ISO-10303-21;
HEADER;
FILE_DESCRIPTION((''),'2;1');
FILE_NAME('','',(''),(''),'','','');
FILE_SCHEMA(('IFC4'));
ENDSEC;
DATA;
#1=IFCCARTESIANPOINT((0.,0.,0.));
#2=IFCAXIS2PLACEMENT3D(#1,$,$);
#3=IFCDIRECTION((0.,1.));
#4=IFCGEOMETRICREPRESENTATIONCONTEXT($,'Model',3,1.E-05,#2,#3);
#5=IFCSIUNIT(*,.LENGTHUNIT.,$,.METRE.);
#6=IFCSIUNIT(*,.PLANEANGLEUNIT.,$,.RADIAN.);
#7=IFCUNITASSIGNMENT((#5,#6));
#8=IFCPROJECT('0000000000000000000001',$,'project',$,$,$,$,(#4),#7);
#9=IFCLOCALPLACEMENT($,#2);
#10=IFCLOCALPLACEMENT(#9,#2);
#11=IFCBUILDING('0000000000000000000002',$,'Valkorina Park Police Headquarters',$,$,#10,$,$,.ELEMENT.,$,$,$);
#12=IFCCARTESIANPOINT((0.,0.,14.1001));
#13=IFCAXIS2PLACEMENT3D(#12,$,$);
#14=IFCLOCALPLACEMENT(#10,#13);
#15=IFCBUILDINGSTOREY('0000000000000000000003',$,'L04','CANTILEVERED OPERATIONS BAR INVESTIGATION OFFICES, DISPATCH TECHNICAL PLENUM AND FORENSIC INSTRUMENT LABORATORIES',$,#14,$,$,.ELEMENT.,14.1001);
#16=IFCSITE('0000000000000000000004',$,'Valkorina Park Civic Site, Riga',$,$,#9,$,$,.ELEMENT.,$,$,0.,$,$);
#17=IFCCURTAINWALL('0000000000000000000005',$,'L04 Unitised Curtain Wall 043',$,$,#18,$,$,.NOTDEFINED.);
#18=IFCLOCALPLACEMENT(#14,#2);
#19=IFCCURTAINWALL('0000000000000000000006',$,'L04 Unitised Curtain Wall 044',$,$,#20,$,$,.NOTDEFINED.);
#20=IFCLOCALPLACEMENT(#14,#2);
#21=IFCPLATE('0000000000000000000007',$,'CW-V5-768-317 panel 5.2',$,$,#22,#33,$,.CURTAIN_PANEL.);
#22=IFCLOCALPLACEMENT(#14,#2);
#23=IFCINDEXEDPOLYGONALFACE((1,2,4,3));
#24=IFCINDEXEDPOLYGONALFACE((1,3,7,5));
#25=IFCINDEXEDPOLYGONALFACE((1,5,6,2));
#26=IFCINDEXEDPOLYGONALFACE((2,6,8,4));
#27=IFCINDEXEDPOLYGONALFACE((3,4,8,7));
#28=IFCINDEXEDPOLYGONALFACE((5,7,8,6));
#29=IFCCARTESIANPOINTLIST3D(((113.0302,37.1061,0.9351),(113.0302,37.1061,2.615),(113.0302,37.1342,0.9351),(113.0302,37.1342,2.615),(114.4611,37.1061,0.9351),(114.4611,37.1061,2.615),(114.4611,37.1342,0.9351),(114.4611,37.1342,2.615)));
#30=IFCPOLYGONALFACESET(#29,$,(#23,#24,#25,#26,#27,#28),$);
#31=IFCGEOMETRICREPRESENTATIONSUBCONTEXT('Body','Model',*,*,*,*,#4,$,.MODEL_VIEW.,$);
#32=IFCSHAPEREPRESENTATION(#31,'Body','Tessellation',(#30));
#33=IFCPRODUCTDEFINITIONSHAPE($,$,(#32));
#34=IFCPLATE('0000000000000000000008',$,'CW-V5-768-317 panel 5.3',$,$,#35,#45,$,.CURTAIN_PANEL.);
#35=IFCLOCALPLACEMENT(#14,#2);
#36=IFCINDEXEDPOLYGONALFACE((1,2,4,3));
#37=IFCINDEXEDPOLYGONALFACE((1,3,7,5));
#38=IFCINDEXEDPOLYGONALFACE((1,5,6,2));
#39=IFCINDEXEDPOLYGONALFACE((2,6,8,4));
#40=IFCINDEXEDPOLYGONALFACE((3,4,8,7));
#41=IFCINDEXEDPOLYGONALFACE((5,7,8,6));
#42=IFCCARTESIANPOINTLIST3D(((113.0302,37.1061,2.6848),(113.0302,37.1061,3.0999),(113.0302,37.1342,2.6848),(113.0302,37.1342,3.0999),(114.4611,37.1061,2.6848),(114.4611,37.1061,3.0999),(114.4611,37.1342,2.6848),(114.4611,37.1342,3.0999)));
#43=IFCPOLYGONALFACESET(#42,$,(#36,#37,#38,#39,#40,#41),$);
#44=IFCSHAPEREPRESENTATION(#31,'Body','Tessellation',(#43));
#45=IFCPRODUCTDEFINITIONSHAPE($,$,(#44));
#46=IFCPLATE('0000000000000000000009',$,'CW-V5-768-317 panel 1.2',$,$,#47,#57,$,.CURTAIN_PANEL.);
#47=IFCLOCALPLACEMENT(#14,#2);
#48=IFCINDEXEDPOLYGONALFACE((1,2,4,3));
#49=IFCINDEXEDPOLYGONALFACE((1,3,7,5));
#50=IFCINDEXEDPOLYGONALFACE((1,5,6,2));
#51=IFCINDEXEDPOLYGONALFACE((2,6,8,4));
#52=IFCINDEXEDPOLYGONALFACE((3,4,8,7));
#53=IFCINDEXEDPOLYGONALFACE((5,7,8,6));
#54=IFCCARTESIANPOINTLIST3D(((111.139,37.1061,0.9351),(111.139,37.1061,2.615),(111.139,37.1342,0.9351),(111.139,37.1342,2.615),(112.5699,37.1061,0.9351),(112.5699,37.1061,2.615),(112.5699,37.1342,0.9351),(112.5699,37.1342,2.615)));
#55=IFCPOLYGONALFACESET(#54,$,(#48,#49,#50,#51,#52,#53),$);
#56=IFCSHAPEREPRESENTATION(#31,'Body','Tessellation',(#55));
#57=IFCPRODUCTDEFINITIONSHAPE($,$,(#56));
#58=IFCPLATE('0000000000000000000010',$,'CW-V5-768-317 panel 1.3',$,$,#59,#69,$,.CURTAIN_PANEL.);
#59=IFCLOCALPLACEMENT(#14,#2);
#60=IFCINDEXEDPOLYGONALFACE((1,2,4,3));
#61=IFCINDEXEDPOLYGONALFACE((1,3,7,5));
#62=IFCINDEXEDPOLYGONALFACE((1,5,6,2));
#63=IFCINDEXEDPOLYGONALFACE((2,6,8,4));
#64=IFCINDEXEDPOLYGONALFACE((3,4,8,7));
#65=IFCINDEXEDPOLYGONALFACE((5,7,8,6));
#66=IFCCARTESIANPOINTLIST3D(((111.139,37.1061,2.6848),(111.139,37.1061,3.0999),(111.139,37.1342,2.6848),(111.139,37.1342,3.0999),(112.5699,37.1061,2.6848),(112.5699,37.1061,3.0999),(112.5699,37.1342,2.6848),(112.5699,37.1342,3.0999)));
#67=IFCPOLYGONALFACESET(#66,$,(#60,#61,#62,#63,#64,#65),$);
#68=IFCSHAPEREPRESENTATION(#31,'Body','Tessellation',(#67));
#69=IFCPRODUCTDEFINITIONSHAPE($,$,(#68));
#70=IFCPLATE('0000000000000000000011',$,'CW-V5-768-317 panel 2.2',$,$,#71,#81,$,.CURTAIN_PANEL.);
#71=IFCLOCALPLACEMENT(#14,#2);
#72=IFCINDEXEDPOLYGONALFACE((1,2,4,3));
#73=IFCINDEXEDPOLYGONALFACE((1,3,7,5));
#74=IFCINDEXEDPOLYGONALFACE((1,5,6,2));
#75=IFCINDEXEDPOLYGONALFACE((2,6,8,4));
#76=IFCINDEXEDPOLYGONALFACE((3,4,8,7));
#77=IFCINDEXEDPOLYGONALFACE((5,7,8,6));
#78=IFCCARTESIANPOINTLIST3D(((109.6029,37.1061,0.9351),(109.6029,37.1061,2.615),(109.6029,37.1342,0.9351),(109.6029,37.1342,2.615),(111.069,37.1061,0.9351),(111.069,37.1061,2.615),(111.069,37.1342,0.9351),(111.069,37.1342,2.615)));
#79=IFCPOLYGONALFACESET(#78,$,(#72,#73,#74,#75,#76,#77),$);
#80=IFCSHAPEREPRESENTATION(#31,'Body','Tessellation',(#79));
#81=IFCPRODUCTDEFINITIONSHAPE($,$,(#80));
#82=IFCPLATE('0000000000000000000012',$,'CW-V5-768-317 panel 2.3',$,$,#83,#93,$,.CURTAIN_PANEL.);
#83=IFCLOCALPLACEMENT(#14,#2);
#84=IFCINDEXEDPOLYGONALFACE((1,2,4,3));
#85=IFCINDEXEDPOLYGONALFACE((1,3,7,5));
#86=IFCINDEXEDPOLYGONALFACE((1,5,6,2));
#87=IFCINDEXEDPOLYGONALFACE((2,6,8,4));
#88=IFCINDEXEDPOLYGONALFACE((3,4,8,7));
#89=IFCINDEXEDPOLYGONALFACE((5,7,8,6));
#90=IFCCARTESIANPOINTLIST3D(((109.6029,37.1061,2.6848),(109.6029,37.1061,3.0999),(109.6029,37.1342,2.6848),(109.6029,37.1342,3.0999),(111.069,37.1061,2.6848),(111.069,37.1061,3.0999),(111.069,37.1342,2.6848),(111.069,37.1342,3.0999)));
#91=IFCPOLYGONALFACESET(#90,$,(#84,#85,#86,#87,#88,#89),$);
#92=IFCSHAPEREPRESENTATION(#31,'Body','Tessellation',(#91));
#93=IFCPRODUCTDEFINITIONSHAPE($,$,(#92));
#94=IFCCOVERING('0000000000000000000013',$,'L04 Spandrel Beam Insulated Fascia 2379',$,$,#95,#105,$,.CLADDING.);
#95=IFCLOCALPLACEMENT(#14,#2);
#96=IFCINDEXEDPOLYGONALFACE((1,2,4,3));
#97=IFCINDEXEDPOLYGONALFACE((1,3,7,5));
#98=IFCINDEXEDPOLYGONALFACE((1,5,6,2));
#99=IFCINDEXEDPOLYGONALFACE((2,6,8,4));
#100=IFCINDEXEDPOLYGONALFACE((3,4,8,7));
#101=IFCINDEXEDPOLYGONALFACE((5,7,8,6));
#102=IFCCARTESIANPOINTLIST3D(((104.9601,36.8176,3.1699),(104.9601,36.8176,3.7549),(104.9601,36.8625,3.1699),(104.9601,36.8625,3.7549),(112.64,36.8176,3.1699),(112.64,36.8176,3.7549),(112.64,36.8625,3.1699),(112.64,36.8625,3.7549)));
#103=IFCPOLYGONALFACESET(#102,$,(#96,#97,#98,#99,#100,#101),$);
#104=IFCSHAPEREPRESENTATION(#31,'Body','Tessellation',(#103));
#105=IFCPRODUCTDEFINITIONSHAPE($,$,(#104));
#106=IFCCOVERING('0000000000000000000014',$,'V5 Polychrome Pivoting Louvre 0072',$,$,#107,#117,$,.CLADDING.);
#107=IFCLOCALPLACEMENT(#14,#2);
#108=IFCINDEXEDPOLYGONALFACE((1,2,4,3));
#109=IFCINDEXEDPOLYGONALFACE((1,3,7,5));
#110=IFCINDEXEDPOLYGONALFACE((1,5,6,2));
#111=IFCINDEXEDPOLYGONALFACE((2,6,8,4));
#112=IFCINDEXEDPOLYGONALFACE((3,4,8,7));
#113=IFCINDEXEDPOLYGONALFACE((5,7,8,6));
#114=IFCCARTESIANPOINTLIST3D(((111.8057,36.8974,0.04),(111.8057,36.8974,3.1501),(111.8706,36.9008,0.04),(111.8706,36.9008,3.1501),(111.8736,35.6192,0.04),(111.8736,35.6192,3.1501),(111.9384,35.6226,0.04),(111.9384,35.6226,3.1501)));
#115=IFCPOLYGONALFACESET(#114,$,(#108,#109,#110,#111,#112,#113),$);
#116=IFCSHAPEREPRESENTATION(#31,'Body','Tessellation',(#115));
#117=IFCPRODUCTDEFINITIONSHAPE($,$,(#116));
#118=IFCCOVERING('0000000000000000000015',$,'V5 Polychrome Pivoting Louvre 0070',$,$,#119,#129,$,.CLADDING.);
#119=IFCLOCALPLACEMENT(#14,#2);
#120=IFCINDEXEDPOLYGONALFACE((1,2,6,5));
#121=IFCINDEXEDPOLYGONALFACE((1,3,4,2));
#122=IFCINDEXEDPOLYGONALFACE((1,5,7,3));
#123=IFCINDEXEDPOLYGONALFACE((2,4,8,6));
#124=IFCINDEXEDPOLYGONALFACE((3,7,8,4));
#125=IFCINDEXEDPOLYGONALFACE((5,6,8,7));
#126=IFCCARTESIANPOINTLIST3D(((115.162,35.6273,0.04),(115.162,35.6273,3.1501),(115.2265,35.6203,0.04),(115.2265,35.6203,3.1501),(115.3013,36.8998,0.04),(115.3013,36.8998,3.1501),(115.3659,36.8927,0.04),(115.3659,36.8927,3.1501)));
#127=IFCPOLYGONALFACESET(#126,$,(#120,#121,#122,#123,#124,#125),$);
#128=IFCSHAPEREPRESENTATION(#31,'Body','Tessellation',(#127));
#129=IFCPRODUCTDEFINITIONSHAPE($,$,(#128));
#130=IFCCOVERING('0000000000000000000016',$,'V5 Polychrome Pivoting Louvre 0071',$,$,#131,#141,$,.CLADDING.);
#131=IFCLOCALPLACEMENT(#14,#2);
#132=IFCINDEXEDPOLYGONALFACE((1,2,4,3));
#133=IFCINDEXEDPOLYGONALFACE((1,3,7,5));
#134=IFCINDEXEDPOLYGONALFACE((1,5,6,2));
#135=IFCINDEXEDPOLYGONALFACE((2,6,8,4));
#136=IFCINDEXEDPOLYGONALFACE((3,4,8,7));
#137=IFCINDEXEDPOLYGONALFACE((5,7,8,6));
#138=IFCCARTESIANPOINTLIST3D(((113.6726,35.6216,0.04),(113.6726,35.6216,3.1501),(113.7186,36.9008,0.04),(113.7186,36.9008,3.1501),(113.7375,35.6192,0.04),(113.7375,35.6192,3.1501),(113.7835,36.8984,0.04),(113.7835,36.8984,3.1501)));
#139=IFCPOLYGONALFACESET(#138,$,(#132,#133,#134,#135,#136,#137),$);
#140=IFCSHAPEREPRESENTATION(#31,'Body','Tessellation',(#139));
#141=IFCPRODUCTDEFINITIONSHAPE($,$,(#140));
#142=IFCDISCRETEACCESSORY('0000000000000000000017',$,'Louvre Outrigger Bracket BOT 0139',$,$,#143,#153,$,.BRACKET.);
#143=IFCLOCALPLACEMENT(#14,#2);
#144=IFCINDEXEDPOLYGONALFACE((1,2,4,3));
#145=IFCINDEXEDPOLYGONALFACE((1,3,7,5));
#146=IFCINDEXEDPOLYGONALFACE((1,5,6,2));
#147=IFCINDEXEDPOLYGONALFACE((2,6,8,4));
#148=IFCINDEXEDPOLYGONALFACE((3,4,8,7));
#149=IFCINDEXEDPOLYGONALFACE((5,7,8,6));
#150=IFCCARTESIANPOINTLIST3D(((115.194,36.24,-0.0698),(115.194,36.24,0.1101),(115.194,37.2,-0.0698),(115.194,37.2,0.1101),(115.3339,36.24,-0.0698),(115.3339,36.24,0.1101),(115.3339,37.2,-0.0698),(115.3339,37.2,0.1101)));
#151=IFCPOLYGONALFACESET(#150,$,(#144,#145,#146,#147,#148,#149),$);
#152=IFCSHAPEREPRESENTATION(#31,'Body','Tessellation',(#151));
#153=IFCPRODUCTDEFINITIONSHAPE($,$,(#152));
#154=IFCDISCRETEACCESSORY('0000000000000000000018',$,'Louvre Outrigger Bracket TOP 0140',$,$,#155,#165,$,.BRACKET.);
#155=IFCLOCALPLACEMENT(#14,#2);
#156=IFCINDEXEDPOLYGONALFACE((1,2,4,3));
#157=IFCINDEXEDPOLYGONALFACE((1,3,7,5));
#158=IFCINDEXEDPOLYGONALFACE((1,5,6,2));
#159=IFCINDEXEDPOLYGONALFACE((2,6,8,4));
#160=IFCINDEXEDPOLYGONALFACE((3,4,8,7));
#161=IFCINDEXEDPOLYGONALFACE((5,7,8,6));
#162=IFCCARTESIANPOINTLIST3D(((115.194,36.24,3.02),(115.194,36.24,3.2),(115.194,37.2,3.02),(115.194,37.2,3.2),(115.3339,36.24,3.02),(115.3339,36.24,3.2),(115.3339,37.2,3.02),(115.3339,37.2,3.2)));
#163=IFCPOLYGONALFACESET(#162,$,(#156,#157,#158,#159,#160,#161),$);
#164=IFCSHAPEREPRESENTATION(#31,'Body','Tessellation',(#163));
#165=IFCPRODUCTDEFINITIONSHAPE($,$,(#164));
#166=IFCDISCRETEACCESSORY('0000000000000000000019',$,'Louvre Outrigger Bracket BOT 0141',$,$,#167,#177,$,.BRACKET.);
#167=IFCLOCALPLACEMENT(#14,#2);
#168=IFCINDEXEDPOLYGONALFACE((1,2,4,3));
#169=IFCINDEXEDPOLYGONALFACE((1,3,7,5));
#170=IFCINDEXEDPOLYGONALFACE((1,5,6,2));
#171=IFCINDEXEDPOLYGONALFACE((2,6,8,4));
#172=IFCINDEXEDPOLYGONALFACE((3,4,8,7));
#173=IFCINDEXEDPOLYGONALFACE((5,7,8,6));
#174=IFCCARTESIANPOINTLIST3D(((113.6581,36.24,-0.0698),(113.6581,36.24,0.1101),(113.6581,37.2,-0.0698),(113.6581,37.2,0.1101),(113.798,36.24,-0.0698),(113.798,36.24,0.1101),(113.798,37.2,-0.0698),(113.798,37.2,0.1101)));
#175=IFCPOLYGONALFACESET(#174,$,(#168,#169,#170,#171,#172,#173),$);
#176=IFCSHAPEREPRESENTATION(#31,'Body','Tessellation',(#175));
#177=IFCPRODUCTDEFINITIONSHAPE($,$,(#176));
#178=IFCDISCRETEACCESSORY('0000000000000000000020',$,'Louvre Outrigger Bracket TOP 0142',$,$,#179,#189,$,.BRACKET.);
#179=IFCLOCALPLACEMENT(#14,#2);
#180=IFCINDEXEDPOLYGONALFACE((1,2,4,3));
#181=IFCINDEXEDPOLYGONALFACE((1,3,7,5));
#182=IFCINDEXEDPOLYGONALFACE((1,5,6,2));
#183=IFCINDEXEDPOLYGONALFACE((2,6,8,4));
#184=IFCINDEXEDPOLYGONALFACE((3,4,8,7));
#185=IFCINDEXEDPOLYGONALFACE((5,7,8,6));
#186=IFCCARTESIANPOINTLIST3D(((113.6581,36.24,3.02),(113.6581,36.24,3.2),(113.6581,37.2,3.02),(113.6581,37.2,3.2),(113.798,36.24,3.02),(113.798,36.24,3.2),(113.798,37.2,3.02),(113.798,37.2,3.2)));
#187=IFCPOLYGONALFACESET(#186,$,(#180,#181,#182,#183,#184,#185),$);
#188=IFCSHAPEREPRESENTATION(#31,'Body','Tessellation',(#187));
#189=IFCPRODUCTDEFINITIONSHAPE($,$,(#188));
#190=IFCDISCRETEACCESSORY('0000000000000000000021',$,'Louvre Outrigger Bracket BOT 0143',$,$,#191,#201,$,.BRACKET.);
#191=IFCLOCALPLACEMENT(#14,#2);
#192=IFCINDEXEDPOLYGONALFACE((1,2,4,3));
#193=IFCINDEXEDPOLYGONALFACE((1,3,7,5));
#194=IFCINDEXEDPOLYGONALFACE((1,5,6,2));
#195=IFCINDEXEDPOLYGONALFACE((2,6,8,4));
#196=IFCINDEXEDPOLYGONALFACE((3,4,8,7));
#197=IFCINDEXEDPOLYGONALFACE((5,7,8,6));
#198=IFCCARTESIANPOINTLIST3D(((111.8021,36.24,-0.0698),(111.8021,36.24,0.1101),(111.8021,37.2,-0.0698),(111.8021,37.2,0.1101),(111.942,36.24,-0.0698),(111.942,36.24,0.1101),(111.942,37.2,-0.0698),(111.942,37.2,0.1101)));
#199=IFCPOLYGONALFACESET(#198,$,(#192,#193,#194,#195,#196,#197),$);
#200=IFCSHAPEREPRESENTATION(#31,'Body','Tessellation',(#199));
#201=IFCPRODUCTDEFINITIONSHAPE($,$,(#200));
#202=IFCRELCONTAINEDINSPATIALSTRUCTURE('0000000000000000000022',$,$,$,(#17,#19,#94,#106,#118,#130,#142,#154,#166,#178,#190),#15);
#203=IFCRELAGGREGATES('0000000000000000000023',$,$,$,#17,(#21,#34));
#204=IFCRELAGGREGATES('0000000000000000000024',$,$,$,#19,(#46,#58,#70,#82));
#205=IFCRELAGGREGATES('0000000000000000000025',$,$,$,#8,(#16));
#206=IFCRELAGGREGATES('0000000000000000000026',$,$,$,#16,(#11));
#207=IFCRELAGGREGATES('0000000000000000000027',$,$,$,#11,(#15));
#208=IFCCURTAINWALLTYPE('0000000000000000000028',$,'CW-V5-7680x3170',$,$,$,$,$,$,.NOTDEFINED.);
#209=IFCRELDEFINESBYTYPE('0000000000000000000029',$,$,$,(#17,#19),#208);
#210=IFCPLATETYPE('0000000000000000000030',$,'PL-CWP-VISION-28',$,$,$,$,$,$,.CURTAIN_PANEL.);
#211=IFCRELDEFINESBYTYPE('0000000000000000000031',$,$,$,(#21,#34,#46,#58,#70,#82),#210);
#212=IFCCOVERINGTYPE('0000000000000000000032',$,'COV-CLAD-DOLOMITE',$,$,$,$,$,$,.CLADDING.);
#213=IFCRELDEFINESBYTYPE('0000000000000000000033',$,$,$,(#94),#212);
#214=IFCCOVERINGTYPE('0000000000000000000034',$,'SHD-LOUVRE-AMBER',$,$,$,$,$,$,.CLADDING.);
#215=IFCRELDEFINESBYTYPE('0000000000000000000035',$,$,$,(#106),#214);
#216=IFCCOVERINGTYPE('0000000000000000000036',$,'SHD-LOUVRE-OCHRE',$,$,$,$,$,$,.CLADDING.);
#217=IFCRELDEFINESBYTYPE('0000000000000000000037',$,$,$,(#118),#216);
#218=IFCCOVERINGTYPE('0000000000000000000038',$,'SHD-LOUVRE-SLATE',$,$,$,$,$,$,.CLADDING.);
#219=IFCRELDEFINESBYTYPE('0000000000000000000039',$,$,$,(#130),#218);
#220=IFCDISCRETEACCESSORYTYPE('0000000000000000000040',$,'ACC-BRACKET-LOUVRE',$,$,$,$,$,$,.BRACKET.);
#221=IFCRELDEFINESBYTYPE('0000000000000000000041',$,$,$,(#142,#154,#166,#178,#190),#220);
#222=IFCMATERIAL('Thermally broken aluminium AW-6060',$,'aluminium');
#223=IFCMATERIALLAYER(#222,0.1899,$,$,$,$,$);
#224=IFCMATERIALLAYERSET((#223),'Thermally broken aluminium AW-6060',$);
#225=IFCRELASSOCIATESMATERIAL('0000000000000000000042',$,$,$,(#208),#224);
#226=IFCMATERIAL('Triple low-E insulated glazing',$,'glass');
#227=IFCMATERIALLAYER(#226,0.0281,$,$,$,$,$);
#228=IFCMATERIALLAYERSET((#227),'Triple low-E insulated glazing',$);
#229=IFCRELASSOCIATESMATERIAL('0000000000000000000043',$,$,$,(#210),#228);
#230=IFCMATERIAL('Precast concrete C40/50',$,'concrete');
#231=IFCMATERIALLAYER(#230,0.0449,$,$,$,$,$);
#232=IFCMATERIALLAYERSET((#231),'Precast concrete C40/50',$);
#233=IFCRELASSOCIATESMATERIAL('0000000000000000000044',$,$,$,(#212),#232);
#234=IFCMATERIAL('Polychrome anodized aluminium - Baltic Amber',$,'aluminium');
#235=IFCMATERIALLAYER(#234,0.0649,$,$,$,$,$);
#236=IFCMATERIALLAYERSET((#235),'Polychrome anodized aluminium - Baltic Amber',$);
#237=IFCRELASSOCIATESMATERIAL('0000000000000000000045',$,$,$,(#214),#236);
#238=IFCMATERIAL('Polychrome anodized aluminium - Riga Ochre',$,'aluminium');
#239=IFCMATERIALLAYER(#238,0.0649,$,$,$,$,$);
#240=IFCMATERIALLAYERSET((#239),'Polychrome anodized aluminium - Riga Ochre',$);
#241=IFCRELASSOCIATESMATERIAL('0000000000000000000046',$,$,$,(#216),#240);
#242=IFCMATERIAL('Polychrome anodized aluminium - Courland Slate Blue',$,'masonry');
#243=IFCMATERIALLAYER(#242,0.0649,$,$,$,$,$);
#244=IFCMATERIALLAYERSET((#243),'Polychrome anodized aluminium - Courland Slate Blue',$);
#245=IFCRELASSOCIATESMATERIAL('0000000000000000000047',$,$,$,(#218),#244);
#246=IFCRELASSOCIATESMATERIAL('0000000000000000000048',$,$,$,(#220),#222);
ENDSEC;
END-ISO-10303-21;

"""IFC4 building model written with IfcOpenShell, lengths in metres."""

from ifc_helpers import new_model, si_unit, direction, frame, frame_2d, origin, origin_2d, place, context, subcontext, project, spatial, rectangle, extrude, material, layer, layer_set, type_object, element, aggregate, save


model = new_model("IFC4")

# Units and contexts
model_context = context("Model", 3, precision=1e-05, world=origin(), true_north=direction((0.0, 1.0)))
body_context = subcontext(model_context, "Body", "Model", "MODEL_VIEW")
ifc_project = project(units=[si_unit("LENGTHUNIT", "METRE"), si_unit("PLANEANGLEUNIT", "RADIAN")], contexts=[model_context])

# Site, building, storey
site_placement = place(None, origin())
site = spatial("IfcSite", under=ifc_project, at=site_placement, Name="Valkorina Park Civic Site, Riga", CompositionType="ELEMENT", RefElevation=0.0)
building_placement = place(site_placement, origin())
building = spatial("IfcBuilding", under=site, at=building_placement, Name="Valkorina Park Police Headquarters", CompositionType="ELEMENT")
storey_placement = place(building_placement, frame((0.0, 0.0, 14.1001)))
storey = spatial("IfcBuildingStorey", under=building, at=storey_placement, Name="L04", Description="CANTILEVERED OPERATIONS BAR INVESTIGATION OFFICES, DISPATCH TECHNICAL PLENUM AND FORENSIC INSTRUMENT LABORATORIES", CompositionType="ELEMENT", Elevation=14.1001)

# Curtain walls
ifc_material_1 = material(Name="Thermally broken aluminium AW-6060", Category="aluminium")
ifc_layer_1 = layer(ifc_material_1, 0.1899)
ifc_layer_set_1 = layer_set([ifc_layer_1], Name="Thermally broken aluminium AW-6060")
curtain_wall_type = type_object("IfcCurtainWallType", Name="CW-V5-7680x3170", PredefinedType="NOTDEFINED", material=ifc_layer_set_1)
curtain_wall_1_placement = place(storey_placement, origin())
curtain_wall_1 = element("IfcCurtainWall", 1, at=curtain_wall_1_placement, inside=storey, type_object=curtain_wall_type, Name="L04 Unitised Curtain Wall 043", PredefinedType="NOTDEFINED")
curtain_wall_2_placement = place(storey_placement, origin())
curtain_wall_2 = element("IfcCurtainWall", 2, at=curtain_wall_2_placement, inside=storey, type_object=curtain_wall_type, Name="L04 Unitised Curtain Wall 044", PredefinedType="NOTDEFINED")

# Plates
ifc_material_2 = material(Name="Triple low-E insulated glazing", Category="glass")
ifc_layer_2 = layer(ifc_material_2, 0.0281)
ifc_layer_set_2 = layer_set([ifc_layer_2], Name="Triple low-E insulated glazing")
plate_type_1 = type_object("IfcPlateType", Name="PL-CWP-VISION-28", PredefinedType="CURTAIN_PANEL", material=ifc_layer_set_2)
plate_1_placement = place(storey_placement, frame((113.7456, 37.1201, 0.9351), z_axis=(0.0, 0.0, 1.0), x_axis=(-1.0, 0.0, 0.0)))
plate_1 = element("IfcPlate", 3, at=plate_1_placement, type_object=plate_type_1, Name="CW-V5-768-317 panel 5.2", PredefinedType="CURTAIN_PANEL", context=body_context, shape_type="SweptSolid", body=[
    extrude(rectangle(XDim=1.4309, YDim=0.0281, at=origin_2d()), origin(), (0.0, 0.0, 1.0), 1.6799),
])
plate_2_placement = place(storey_placement, frame((113.7456, 37.1201, 2.6848), z_axis=(0.0, 0.0, 1.0), x_axis=(-1.0, 0.0, 0.0)))
plate_2 = element("IfcPlate", 4, at=plate_2_placement, type_object=plate_type_1, Name="CW-V5-768-317 panel 5.3", PredefinedType="CURTAIN_PANEL", context=body_context, shape_type="SweptSolid", body=[
    extrude(rectangle(XDim=1.4309, YDim=0.0281, at=origin_2d()), origin(), (0.0, 0.0, 1.0), 0.415),
])
aggregate(curtain_wall_1, [plate_1, plate_2])
plate_3_placement = place(storey_placement, frame((111.8545, 37.1201, 0.9351), z_axis=(0.0, 0.0, 1.0), x_axis=(-1.0, 0.0, 0.0)))
plate_3 = element("IfcPlate", 5, at=plate_3_placement, type_object=plate_type_1, Name="CW-V5-768-317 panel 1.2", PredefinedType="CURTAIN_PANEL", context=body_context, shape_type="SweptSolid", body=[
    extrude(rectangle(XDim=1.4309, YDim=0.0281, at=origin_2d()), origin(), (0.0, 0.0, 1.0), 1.6799),
])
plate_4_placement = place(storey_placement, frame((111.8545, 37.1201, 2.6848), z_axis=(0.0, 0.0, 1.0), x_axis=(-1.0, 0.0, 0.0)))
plate_4 = element("IfcPlate", 6, at=plate_4_placement, type_object=plate_type_1, Name="CW-V5-768-317 panel 1.3", PredefinedType="CURTAIN_PANEL", context=body_context, shape_type="SweptSolid", body=[
    extrude(rectangle(XDim=1.4309, YDim=0.0281, at=origin_2d()), origin(), (0.0, 0.0, 1.0), 0.415),
])
plate_5_placement = place(storey_placement, frame((110.3359, 37.1201, 0.9351), z_axis=(0.0, 0.0, 1.0), x_axis=(-1.0, 0.0, 0.0)))
plate_5 = element("IfcPlate", 7, at=plate_5_placement, type_object=plate_type_1, Name="CW-V5-768-317 panel 2.2", PredefinedType="CURTAIN_PANEL", context=body_context, shape_type="SweptSolid", body=[
    extrude(rectangle(XDim=1.4661, YDim=0.0281, at=origin_2d()), origin(), (0.0, 0.0, 1.0), 1.6799),
])
plate_6_placement = place(storey_placement, frame((110.3359, 37.1201, 2.6848), z_axis=(0.0, 0.0, 1.0), x_axis=(-1.0, 0.0, 0.0)))
plate_6 = element("IfcPlate", 8, at=plate_6_placement, type_object=plate_type_1, Name="CW-V5-768-317 panel 2.3", PredefinedType="CURTAIN_PANEL", context=body_context, shape_type="SweptSolid", body=[
    extrude(rectangle(XDim=1.4661, YDim=0.0281, at=origin_2d()), origin(), (0.0, 0.0, 1.0), 0.415),
])
aggregate(curtain_wall_2, [plate_3, plate_4, plate_5, plate_6])

# Coverings
ifc_material_3 = material(Name="Precast concrete C40/50", Category="concrete")
ifc_layer_3 = layer(ifc_material_3, 0.0449)
ifc_layer_set_3 = layer_set([ifc_layer_3], Name="Precast concrete C40/50")
covering_type_1 = type_object("IfcCoveringType", Name="COV-CLAD-DOLOMITE", PredefinedType="CLADDING", material=ifc_layer_set_3)
covering_1_placement = place(storey_placement, frame((112.6399, 36.8401, 3.1699), z_axis=(0.0, 0.0, 1.0), x_axis=(-1.0, 0.0, 0.0)))
element("IfcCovering", 9, at=covering_1_placement, inside=storey, type_object=covering_type_1, Name="L04 Spandrel Beam Insulated Fascia 2379", PredefinedType="CLADDING", context=body_context, shape_type="SweptSolid", body=[
    extrude(rectangle(XDim=7.6799, YDim=0.0449, at=frame_2d((3.8398, 0.0))), origin(), (0.0, 0.0, 1.0), 0.585),
])
ifc_material_4 = material(Name="Polychrome anodized aluminium - Baltic Amber", Category="aluminium")
ifc_layer_4 = layer(ifc_material_4, 0.0649)
ifc_layer_set_4 = layer_set([ifc_layer_4], Name="Polychrome anodized aluminium - Baltic Amber")
covering_type_2 = type_object("IfcCoveringType", Name="SHD-LOUVRE-AMBER", PredefinedType="CLADDING", material=ifc_layer_set_4)
covering_2_placement = place(storey_placement, frame((111.8721, 36.26, 0.04), z_axis=(0.0, 0.0, 1.0), x_axis=(0.053033, -0.998593, 0.0)))
element("IfcCovering", 10, at=covering_2_placement, inside=storey, type_object=covering_type_2, Name="V5 Polychrome Pivoting Louvre 0072", PredefinedType="CLADDING", context=body_context, shape_type="SweptSolid", body=[
    extrude(rectangle(XDim=1.28, YDim=0.0649, at=origin_2d()), origin(), (0.0, 0.0, 1.0), 3.1101),
])
ifc_material_5 = material(Name="Polychrome anodized aluminium - Riga Ochre", Category="aluminium")
ifc_layer_5 = layer(ifc_material_5, 0.0649)
ifc_layer_set_5 = layer_set([ifc_layer_5], Name="Polychrome anodized aluminium - Riga Ochre")
covering_type_3 = type_object("IfcCoveringType", Name="SHD-LOUVRE-OCHRE", PredefinedType="CLADDING", material=ifc_layer_set_5)
covering_3_placement = place(storey_placement, frame((115.2639, 36.26, 0.04), z_axis=(0.0, 0.0, 1.0), x_axis=(-0.108867, -0.994056, 0.0)))
element("IfcCovering", 11, at=covering_3_placement, inside=storey, type_object=covering_type_3, Name="V5 Polychrome Pivoting Louvre 0070", PredefinedType="CLADDING", context=body_context, shape_type="SweptSolid", body=[
    extrude(rectangle(XDim=1.28, YDim=0.0649, at=origin_2d()), origin(), (0.0, 0.0, 1.0), 3.1101),
])
ifc_material_6 = material(Name="Polychrome anodized aluminium - Courland Slate Blue", Category="masonry")
ifc_layer_6 = layer(ifc_material_6, 0.0649)
ifc_layer_set_6 = layer_set([ifc_layer_6], Name="Polychrome anodized aluminium - Courland Slate Blue")
covering_type_4 = type_object("IfcCoveringType", Name="SHD-LOUVRE-SLATE", PredefinedType="CLADDING", material=ifc_layer_set_6)
covering_4_placement = place(storey_placement, frame((113.728, 36.26, 0.04), z_axis=(0.0, 0.0, 1.0), x_axis=(-0.035946, -0.999354, 0.0)))
element("IfcCovering", 12, at=covering_4_placement, inside=storey, type_object=covering_type_4, Name="V5 Polychrome Pivoting Louvre 0071", PredefinedType="CLADDING", context=body_context, shape_type="SweptSolid", body=[
    extrude(rectangle(XDim=1.28, YDim=0.0649, at=origin_2d()), origin(), (0.0, 0.0, 1.0), 3.1101),
])

# Discrete accessories
discrete_accessory_type = type_object("IfcDiscreteAccessoryType", Name="ACC-BRACKET-LOUVRE", PredefinedType="BRACKET", material=ifc_material_1)
for number, where, z_axis, x_axis, name in (
    (13, (115.2639, 36.72, -0.0698), (0.0, 0.0, 1.0), (0.0, -1.0, 0.0), "Louvre Outrigger Bracket BOT 0139"),
    (14, (115.2639, 36.72, 3.02), (0.0, 0.0, 1.0), (0.0, -1.0, 0.0), "Louvre Outrigger Bracket TOP 0140"),
    (15, (113.728, 36.72, -0.0698), (0.0, 0.0, 1.0), (0.0, -1.0, 0.0), "Louvre Outrigger Bracket BOT 0141"),
    (16, (113.728, 36.72, 3.02), (0.0, 0.0, 1.0), (0.0, -1.0, 0.0), "Louvre Outrigger Bracket TOP 0142"),
    (17, (111.8721, 36.72, -0.0698), (0.0, 0.0, 1.0), (0.0, -1.0, 0.0), "Louvre Outrigger Bracket BOT 0143"),
):
    element("IfcDiscreteAccessory", number, at=place(storey_placement, frame(where, z_axis=z_axis, x_axis=x_axis)), inside=storey, type_object=discrete_accessory_type, Name=name, PredefinedType="BRACKET", context=body_context, shape_type="SweptSolid", body=[
        extrude(rectangle(XDim=0.96, YDim=0.1399, at=origin_2d()), origin(), (0.0, 0.0, 1.0), 0.1799),
    ])

save(model, "model.ifc")
